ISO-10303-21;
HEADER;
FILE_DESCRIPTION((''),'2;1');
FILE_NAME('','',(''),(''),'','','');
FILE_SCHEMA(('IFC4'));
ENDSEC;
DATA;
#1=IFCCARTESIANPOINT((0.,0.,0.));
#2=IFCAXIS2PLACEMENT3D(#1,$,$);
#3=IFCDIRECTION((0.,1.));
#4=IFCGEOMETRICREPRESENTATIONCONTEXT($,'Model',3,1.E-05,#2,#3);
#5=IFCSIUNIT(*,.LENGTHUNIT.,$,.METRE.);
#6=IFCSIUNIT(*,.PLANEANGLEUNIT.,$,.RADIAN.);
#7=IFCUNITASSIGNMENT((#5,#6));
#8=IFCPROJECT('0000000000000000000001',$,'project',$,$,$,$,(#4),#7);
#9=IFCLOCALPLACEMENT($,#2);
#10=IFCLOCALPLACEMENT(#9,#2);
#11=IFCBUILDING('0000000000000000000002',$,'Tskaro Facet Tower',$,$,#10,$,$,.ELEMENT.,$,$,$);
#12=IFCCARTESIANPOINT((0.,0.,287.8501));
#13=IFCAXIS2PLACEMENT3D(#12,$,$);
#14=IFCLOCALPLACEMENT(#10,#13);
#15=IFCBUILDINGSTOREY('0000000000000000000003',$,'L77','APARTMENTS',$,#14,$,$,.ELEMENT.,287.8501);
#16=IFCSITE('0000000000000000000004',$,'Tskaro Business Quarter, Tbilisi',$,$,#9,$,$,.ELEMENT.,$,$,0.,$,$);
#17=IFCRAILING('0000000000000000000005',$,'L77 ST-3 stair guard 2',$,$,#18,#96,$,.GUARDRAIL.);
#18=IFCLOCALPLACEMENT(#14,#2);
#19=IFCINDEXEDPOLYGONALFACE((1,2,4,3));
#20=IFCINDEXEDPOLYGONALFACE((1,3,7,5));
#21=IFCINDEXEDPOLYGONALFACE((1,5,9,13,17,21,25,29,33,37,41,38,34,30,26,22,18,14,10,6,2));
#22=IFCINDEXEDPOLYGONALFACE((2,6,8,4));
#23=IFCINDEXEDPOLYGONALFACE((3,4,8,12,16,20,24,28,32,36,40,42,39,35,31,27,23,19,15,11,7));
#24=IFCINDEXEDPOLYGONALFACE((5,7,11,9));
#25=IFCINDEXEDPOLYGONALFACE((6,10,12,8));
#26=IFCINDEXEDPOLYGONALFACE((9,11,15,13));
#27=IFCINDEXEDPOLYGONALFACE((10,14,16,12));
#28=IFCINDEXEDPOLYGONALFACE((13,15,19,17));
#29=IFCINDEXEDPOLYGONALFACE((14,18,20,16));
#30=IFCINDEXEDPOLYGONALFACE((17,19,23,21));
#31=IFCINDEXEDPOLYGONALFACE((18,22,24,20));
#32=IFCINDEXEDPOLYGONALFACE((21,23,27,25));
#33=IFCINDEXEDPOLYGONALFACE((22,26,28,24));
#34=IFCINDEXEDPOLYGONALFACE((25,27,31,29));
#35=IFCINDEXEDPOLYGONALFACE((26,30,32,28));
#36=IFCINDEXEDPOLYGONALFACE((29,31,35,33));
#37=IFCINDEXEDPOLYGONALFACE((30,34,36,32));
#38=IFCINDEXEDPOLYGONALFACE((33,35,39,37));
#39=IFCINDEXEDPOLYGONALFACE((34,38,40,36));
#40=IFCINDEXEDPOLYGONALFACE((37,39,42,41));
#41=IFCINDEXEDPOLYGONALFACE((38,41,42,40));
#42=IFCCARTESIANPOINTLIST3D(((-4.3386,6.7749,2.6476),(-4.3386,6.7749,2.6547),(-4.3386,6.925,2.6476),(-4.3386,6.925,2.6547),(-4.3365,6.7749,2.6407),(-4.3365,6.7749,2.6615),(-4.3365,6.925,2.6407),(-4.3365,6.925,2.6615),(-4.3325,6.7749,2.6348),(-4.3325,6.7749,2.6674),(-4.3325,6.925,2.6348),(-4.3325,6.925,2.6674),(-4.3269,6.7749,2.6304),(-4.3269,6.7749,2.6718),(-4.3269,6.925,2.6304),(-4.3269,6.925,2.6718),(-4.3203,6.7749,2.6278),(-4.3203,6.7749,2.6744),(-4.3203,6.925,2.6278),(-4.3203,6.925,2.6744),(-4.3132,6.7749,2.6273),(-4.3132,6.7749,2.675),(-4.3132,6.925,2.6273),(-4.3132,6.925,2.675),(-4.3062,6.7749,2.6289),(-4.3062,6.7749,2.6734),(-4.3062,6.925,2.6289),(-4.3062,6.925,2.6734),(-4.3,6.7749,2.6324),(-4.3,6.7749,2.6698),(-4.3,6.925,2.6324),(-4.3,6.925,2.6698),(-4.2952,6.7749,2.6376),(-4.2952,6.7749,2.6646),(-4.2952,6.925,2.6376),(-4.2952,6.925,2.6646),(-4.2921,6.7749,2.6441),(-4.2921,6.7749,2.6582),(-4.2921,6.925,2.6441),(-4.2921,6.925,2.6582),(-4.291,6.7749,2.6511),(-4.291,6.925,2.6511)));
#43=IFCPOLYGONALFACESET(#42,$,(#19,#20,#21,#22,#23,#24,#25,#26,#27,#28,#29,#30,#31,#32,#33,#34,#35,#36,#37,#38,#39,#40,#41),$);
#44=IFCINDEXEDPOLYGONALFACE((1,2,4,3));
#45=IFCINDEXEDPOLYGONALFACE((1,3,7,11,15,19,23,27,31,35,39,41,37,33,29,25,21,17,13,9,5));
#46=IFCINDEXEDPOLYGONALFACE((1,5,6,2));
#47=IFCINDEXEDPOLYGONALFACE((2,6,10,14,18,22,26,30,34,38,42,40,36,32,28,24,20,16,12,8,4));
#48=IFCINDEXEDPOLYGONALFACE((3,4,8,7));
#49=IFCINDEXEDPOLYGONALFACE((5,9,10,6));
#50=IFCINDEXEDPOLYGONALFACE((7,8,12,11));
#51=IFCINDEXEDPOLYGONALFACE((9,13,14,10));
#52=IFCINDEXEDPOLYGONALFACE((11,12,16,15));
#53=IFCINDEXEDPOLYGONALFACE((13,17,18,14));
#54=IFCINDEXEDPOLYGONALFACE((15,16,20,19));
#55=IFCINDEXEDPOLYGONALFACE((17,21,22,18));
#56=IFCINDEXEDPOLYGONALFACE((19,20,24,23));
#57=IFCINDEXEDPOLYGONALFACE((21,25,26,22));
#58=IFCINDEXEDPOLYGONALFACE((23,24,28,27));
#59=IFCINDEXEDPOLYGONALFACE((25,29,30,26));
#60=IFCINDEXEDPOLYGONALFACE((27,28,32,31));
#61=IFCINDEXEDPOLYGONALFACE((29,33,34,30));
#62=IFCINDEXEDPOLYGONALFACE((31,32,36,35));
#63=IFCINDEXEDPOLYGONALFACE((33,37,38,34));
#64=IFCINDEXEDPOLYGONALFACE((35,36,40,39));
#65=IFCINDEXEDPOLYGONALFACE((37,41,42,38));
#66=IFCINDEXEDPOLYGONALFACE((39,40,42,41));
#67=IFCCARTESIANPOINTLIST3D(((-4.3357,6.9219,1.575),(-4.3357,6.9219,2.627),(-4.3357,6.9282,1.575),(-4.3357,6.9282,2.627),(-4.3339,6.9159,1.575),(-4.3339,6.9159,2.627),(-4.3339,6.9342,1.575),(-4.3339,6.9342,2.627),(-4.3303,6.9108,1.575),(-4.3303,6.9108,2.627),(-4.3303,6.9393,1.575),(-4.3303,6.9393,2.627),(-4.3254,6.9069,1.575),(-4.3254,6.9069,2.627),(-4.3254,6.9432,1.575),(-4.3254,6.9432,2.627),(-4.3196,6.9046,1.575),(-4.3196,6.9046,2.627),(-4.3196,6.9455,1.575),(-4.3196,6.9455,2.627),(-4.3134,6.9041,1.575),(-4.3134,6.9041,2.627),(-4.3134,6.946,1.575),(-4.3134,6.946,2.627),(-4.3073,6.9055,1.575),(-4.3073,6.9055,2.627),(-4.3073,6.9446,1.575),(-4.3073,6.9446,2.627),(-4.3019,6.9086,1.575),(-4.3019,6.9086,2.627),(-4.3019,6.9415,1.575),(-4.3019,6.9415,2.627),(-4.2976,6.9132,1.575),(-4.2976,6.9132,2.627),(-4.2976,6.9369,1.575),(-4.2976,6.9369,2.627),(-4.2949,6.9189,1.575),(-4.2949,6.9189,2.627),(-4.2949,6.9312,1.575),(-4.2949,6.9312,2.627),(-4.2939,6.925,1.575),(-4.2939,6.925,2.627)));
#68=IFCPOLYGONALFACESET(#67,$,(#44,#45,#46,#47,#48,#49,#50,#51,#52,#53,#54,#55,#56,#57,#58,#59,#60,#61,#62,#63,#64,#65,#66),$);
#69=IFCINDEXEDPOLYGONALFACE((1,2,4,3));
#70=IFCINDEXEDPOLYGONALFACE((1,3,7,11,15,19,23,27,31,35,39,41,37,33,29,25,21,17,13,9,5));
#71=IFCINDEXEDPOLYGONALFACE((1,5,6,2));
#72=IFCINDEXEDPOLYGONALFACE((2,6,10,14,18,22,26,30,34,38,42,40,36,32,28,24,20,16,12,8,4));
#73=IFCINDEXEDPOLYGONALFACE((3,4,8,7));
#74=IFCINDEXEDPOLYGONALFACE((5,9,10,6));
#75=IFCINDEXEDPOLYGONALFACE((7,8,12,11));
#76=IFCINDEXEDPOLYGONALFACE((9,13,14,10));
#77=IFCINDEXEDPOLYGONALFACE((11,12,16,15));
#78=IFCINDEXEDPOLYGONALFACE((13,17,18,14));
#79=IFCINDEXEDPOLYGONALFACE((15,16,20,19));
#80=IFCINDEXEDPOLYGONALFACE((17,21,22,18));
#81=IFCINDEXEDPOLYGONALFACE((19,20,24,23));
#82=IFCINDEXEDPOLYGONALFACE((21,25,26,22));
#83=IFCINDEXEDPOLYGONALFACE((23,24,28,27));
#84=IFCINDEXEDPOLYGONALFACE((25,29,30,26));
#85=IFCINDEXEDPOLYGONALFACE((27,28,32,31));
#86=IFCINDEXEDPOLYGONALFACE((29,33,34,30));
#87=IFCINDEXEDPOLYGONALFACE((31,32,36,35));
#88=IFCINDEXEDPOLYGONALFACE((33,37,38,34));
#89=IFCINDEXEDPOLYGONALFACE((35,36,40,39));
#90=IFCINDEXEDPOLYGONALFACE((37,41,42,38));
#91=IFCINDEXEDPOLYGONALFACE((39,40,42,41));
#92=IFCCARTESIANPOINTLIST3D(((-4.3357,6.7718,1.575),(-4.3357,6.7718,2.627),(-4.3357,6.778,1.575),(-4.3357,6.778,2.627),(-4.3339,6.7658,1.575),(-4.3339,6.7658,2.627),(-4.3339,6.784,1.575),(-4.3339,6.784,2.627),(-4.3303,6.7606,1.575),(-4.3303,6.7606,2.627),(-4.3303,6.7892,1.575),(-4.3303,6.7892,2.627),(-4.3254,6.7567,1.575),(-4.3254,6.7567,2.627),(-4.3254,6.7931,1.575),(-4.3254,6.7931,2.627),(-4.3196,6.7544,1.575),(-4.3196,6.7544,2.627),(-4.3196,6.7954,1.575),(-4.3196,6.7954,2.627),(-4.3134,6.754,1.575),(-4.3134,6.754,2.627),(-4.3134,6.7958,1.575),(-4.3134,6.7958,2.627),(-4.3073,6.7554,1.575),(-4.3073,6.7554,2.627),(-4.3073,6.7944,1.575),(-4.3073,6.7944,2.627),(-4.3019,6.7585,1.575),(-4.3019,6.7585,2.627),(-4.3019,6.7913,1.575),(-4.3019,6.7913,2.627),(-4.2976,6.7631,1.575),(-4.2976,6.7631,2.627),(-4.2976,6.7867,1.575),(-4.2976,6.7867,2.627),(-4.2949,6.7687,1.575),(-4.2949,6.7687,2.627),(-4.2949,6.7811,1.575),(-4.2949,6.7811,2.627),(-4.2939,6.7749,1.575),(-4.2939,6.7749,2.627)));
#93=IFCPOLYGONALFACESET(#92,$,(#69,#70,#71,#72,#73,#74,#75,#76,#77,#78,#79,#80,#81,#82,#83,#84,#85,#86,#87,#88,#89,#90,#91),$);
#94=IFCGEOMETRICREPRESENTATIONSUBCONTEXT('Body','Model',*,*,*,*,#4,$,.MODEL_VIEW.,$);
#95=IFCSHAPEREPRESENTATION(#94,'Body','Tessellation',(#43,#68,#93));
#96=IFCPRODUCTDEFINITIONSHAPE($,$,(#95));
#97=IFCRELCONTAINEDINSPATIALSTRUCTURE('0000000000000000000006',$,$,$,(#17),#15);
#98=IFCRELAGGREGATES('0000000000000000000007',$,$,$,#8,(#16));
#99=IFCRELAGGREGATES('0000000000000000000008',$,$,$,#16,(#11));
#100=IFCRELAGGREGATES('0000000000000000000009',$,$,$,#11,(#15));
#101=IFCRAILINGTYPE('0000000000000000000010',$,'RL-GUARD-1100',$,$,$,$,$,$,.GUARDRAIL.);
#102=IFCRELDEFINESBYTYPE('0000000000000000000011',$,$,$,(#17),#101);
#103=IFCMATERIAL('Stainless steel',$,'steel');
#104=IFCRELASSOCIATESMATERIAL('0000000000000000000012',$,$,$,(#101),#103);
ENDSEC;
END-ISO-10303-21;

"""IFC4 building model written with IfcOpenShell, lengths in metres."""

from ifc_helpers import new_model, si_unit, direction, frame, origin, origin_2d, place, context, subcontext, project, spatial, circle, extrude, material, type_object, element, save


model = new_model("IFC4")

# Units and contexts
model_context = context("Model", 3, precision=1e-05, world=origin(), true_north=direction((0.0, 1.0)))
body_context = subcontext(model_context, "Body", "Model", "MODEL_VIEW")
ifc_project = project(units=[si_unit("LENGTHUNIT", "METRE"), si_unit("PLANEANGLEUNIT", "RADIAN")], contexts=[model_context])

# Site, building, storey
site_placement = place(None, origin())
site = spatial("IfcSite", under=ifc_project, at=site_placement, Name="Tskaro Business Quarter, Tbilisi", CompositionType="ELEMENT", RefElevation=0.0)
building_placement = place(site_placement, origin())
building = spatial("IfcBuilding", under=site, at=building_placement, Name="Tskaro Facet Tower", CompositionType="ELEMENT")
storey_placement = place(building_placement, frame((0.0, 0.0, 287.8501)))
storey = spatial("IfcBuildingStorey", under=building, at=storey_placement, Name="L77", Description="APARTMENTS", CompositionType="ELEMENT", Elevation=287.8501)

# Railing
ifc_material_1 = material(Name="Stainless steel", Category="steel")
railing_type_1 = type_object("IfcRailingType", Name="RL-GUARD-1100", PredefinedType="GUARDRAIL", material=ifc_material_1)
railing_1_placement = place(storey_placement, frame((-4.3149, 6.925, 1.575)))
element("IfcRailing", 1, at=railing_1_placement, inside=storey, type_object=railing_type_1, Name="L77 ST-3 stair guard 2", PredefinedType="GUARDRAIL", context=body_context, shape_type="SweptSolid", body=[
    extrude(circle(Radius=0.0239, at=origin_2d()), frame((0.0, 0.0, 1.0762), z_axis=(0.0, -1.0, 0.0), x_axis=(1.0, 0.0, 0.0)), (0.0, 0.0, 1.0), 0.1501),
    extrude(circle(Radius=0.021, at=origin_2d()), origin(), (0.0, 0.0, 1.0), 1.052),
    extrude(circle(Radius=0.021, at=origin_2d()), frame((0.0, -0.1501, 0.0)), (0.0, 0.0, 1.0), 1.052),
])

save(model, "model.ifc")
